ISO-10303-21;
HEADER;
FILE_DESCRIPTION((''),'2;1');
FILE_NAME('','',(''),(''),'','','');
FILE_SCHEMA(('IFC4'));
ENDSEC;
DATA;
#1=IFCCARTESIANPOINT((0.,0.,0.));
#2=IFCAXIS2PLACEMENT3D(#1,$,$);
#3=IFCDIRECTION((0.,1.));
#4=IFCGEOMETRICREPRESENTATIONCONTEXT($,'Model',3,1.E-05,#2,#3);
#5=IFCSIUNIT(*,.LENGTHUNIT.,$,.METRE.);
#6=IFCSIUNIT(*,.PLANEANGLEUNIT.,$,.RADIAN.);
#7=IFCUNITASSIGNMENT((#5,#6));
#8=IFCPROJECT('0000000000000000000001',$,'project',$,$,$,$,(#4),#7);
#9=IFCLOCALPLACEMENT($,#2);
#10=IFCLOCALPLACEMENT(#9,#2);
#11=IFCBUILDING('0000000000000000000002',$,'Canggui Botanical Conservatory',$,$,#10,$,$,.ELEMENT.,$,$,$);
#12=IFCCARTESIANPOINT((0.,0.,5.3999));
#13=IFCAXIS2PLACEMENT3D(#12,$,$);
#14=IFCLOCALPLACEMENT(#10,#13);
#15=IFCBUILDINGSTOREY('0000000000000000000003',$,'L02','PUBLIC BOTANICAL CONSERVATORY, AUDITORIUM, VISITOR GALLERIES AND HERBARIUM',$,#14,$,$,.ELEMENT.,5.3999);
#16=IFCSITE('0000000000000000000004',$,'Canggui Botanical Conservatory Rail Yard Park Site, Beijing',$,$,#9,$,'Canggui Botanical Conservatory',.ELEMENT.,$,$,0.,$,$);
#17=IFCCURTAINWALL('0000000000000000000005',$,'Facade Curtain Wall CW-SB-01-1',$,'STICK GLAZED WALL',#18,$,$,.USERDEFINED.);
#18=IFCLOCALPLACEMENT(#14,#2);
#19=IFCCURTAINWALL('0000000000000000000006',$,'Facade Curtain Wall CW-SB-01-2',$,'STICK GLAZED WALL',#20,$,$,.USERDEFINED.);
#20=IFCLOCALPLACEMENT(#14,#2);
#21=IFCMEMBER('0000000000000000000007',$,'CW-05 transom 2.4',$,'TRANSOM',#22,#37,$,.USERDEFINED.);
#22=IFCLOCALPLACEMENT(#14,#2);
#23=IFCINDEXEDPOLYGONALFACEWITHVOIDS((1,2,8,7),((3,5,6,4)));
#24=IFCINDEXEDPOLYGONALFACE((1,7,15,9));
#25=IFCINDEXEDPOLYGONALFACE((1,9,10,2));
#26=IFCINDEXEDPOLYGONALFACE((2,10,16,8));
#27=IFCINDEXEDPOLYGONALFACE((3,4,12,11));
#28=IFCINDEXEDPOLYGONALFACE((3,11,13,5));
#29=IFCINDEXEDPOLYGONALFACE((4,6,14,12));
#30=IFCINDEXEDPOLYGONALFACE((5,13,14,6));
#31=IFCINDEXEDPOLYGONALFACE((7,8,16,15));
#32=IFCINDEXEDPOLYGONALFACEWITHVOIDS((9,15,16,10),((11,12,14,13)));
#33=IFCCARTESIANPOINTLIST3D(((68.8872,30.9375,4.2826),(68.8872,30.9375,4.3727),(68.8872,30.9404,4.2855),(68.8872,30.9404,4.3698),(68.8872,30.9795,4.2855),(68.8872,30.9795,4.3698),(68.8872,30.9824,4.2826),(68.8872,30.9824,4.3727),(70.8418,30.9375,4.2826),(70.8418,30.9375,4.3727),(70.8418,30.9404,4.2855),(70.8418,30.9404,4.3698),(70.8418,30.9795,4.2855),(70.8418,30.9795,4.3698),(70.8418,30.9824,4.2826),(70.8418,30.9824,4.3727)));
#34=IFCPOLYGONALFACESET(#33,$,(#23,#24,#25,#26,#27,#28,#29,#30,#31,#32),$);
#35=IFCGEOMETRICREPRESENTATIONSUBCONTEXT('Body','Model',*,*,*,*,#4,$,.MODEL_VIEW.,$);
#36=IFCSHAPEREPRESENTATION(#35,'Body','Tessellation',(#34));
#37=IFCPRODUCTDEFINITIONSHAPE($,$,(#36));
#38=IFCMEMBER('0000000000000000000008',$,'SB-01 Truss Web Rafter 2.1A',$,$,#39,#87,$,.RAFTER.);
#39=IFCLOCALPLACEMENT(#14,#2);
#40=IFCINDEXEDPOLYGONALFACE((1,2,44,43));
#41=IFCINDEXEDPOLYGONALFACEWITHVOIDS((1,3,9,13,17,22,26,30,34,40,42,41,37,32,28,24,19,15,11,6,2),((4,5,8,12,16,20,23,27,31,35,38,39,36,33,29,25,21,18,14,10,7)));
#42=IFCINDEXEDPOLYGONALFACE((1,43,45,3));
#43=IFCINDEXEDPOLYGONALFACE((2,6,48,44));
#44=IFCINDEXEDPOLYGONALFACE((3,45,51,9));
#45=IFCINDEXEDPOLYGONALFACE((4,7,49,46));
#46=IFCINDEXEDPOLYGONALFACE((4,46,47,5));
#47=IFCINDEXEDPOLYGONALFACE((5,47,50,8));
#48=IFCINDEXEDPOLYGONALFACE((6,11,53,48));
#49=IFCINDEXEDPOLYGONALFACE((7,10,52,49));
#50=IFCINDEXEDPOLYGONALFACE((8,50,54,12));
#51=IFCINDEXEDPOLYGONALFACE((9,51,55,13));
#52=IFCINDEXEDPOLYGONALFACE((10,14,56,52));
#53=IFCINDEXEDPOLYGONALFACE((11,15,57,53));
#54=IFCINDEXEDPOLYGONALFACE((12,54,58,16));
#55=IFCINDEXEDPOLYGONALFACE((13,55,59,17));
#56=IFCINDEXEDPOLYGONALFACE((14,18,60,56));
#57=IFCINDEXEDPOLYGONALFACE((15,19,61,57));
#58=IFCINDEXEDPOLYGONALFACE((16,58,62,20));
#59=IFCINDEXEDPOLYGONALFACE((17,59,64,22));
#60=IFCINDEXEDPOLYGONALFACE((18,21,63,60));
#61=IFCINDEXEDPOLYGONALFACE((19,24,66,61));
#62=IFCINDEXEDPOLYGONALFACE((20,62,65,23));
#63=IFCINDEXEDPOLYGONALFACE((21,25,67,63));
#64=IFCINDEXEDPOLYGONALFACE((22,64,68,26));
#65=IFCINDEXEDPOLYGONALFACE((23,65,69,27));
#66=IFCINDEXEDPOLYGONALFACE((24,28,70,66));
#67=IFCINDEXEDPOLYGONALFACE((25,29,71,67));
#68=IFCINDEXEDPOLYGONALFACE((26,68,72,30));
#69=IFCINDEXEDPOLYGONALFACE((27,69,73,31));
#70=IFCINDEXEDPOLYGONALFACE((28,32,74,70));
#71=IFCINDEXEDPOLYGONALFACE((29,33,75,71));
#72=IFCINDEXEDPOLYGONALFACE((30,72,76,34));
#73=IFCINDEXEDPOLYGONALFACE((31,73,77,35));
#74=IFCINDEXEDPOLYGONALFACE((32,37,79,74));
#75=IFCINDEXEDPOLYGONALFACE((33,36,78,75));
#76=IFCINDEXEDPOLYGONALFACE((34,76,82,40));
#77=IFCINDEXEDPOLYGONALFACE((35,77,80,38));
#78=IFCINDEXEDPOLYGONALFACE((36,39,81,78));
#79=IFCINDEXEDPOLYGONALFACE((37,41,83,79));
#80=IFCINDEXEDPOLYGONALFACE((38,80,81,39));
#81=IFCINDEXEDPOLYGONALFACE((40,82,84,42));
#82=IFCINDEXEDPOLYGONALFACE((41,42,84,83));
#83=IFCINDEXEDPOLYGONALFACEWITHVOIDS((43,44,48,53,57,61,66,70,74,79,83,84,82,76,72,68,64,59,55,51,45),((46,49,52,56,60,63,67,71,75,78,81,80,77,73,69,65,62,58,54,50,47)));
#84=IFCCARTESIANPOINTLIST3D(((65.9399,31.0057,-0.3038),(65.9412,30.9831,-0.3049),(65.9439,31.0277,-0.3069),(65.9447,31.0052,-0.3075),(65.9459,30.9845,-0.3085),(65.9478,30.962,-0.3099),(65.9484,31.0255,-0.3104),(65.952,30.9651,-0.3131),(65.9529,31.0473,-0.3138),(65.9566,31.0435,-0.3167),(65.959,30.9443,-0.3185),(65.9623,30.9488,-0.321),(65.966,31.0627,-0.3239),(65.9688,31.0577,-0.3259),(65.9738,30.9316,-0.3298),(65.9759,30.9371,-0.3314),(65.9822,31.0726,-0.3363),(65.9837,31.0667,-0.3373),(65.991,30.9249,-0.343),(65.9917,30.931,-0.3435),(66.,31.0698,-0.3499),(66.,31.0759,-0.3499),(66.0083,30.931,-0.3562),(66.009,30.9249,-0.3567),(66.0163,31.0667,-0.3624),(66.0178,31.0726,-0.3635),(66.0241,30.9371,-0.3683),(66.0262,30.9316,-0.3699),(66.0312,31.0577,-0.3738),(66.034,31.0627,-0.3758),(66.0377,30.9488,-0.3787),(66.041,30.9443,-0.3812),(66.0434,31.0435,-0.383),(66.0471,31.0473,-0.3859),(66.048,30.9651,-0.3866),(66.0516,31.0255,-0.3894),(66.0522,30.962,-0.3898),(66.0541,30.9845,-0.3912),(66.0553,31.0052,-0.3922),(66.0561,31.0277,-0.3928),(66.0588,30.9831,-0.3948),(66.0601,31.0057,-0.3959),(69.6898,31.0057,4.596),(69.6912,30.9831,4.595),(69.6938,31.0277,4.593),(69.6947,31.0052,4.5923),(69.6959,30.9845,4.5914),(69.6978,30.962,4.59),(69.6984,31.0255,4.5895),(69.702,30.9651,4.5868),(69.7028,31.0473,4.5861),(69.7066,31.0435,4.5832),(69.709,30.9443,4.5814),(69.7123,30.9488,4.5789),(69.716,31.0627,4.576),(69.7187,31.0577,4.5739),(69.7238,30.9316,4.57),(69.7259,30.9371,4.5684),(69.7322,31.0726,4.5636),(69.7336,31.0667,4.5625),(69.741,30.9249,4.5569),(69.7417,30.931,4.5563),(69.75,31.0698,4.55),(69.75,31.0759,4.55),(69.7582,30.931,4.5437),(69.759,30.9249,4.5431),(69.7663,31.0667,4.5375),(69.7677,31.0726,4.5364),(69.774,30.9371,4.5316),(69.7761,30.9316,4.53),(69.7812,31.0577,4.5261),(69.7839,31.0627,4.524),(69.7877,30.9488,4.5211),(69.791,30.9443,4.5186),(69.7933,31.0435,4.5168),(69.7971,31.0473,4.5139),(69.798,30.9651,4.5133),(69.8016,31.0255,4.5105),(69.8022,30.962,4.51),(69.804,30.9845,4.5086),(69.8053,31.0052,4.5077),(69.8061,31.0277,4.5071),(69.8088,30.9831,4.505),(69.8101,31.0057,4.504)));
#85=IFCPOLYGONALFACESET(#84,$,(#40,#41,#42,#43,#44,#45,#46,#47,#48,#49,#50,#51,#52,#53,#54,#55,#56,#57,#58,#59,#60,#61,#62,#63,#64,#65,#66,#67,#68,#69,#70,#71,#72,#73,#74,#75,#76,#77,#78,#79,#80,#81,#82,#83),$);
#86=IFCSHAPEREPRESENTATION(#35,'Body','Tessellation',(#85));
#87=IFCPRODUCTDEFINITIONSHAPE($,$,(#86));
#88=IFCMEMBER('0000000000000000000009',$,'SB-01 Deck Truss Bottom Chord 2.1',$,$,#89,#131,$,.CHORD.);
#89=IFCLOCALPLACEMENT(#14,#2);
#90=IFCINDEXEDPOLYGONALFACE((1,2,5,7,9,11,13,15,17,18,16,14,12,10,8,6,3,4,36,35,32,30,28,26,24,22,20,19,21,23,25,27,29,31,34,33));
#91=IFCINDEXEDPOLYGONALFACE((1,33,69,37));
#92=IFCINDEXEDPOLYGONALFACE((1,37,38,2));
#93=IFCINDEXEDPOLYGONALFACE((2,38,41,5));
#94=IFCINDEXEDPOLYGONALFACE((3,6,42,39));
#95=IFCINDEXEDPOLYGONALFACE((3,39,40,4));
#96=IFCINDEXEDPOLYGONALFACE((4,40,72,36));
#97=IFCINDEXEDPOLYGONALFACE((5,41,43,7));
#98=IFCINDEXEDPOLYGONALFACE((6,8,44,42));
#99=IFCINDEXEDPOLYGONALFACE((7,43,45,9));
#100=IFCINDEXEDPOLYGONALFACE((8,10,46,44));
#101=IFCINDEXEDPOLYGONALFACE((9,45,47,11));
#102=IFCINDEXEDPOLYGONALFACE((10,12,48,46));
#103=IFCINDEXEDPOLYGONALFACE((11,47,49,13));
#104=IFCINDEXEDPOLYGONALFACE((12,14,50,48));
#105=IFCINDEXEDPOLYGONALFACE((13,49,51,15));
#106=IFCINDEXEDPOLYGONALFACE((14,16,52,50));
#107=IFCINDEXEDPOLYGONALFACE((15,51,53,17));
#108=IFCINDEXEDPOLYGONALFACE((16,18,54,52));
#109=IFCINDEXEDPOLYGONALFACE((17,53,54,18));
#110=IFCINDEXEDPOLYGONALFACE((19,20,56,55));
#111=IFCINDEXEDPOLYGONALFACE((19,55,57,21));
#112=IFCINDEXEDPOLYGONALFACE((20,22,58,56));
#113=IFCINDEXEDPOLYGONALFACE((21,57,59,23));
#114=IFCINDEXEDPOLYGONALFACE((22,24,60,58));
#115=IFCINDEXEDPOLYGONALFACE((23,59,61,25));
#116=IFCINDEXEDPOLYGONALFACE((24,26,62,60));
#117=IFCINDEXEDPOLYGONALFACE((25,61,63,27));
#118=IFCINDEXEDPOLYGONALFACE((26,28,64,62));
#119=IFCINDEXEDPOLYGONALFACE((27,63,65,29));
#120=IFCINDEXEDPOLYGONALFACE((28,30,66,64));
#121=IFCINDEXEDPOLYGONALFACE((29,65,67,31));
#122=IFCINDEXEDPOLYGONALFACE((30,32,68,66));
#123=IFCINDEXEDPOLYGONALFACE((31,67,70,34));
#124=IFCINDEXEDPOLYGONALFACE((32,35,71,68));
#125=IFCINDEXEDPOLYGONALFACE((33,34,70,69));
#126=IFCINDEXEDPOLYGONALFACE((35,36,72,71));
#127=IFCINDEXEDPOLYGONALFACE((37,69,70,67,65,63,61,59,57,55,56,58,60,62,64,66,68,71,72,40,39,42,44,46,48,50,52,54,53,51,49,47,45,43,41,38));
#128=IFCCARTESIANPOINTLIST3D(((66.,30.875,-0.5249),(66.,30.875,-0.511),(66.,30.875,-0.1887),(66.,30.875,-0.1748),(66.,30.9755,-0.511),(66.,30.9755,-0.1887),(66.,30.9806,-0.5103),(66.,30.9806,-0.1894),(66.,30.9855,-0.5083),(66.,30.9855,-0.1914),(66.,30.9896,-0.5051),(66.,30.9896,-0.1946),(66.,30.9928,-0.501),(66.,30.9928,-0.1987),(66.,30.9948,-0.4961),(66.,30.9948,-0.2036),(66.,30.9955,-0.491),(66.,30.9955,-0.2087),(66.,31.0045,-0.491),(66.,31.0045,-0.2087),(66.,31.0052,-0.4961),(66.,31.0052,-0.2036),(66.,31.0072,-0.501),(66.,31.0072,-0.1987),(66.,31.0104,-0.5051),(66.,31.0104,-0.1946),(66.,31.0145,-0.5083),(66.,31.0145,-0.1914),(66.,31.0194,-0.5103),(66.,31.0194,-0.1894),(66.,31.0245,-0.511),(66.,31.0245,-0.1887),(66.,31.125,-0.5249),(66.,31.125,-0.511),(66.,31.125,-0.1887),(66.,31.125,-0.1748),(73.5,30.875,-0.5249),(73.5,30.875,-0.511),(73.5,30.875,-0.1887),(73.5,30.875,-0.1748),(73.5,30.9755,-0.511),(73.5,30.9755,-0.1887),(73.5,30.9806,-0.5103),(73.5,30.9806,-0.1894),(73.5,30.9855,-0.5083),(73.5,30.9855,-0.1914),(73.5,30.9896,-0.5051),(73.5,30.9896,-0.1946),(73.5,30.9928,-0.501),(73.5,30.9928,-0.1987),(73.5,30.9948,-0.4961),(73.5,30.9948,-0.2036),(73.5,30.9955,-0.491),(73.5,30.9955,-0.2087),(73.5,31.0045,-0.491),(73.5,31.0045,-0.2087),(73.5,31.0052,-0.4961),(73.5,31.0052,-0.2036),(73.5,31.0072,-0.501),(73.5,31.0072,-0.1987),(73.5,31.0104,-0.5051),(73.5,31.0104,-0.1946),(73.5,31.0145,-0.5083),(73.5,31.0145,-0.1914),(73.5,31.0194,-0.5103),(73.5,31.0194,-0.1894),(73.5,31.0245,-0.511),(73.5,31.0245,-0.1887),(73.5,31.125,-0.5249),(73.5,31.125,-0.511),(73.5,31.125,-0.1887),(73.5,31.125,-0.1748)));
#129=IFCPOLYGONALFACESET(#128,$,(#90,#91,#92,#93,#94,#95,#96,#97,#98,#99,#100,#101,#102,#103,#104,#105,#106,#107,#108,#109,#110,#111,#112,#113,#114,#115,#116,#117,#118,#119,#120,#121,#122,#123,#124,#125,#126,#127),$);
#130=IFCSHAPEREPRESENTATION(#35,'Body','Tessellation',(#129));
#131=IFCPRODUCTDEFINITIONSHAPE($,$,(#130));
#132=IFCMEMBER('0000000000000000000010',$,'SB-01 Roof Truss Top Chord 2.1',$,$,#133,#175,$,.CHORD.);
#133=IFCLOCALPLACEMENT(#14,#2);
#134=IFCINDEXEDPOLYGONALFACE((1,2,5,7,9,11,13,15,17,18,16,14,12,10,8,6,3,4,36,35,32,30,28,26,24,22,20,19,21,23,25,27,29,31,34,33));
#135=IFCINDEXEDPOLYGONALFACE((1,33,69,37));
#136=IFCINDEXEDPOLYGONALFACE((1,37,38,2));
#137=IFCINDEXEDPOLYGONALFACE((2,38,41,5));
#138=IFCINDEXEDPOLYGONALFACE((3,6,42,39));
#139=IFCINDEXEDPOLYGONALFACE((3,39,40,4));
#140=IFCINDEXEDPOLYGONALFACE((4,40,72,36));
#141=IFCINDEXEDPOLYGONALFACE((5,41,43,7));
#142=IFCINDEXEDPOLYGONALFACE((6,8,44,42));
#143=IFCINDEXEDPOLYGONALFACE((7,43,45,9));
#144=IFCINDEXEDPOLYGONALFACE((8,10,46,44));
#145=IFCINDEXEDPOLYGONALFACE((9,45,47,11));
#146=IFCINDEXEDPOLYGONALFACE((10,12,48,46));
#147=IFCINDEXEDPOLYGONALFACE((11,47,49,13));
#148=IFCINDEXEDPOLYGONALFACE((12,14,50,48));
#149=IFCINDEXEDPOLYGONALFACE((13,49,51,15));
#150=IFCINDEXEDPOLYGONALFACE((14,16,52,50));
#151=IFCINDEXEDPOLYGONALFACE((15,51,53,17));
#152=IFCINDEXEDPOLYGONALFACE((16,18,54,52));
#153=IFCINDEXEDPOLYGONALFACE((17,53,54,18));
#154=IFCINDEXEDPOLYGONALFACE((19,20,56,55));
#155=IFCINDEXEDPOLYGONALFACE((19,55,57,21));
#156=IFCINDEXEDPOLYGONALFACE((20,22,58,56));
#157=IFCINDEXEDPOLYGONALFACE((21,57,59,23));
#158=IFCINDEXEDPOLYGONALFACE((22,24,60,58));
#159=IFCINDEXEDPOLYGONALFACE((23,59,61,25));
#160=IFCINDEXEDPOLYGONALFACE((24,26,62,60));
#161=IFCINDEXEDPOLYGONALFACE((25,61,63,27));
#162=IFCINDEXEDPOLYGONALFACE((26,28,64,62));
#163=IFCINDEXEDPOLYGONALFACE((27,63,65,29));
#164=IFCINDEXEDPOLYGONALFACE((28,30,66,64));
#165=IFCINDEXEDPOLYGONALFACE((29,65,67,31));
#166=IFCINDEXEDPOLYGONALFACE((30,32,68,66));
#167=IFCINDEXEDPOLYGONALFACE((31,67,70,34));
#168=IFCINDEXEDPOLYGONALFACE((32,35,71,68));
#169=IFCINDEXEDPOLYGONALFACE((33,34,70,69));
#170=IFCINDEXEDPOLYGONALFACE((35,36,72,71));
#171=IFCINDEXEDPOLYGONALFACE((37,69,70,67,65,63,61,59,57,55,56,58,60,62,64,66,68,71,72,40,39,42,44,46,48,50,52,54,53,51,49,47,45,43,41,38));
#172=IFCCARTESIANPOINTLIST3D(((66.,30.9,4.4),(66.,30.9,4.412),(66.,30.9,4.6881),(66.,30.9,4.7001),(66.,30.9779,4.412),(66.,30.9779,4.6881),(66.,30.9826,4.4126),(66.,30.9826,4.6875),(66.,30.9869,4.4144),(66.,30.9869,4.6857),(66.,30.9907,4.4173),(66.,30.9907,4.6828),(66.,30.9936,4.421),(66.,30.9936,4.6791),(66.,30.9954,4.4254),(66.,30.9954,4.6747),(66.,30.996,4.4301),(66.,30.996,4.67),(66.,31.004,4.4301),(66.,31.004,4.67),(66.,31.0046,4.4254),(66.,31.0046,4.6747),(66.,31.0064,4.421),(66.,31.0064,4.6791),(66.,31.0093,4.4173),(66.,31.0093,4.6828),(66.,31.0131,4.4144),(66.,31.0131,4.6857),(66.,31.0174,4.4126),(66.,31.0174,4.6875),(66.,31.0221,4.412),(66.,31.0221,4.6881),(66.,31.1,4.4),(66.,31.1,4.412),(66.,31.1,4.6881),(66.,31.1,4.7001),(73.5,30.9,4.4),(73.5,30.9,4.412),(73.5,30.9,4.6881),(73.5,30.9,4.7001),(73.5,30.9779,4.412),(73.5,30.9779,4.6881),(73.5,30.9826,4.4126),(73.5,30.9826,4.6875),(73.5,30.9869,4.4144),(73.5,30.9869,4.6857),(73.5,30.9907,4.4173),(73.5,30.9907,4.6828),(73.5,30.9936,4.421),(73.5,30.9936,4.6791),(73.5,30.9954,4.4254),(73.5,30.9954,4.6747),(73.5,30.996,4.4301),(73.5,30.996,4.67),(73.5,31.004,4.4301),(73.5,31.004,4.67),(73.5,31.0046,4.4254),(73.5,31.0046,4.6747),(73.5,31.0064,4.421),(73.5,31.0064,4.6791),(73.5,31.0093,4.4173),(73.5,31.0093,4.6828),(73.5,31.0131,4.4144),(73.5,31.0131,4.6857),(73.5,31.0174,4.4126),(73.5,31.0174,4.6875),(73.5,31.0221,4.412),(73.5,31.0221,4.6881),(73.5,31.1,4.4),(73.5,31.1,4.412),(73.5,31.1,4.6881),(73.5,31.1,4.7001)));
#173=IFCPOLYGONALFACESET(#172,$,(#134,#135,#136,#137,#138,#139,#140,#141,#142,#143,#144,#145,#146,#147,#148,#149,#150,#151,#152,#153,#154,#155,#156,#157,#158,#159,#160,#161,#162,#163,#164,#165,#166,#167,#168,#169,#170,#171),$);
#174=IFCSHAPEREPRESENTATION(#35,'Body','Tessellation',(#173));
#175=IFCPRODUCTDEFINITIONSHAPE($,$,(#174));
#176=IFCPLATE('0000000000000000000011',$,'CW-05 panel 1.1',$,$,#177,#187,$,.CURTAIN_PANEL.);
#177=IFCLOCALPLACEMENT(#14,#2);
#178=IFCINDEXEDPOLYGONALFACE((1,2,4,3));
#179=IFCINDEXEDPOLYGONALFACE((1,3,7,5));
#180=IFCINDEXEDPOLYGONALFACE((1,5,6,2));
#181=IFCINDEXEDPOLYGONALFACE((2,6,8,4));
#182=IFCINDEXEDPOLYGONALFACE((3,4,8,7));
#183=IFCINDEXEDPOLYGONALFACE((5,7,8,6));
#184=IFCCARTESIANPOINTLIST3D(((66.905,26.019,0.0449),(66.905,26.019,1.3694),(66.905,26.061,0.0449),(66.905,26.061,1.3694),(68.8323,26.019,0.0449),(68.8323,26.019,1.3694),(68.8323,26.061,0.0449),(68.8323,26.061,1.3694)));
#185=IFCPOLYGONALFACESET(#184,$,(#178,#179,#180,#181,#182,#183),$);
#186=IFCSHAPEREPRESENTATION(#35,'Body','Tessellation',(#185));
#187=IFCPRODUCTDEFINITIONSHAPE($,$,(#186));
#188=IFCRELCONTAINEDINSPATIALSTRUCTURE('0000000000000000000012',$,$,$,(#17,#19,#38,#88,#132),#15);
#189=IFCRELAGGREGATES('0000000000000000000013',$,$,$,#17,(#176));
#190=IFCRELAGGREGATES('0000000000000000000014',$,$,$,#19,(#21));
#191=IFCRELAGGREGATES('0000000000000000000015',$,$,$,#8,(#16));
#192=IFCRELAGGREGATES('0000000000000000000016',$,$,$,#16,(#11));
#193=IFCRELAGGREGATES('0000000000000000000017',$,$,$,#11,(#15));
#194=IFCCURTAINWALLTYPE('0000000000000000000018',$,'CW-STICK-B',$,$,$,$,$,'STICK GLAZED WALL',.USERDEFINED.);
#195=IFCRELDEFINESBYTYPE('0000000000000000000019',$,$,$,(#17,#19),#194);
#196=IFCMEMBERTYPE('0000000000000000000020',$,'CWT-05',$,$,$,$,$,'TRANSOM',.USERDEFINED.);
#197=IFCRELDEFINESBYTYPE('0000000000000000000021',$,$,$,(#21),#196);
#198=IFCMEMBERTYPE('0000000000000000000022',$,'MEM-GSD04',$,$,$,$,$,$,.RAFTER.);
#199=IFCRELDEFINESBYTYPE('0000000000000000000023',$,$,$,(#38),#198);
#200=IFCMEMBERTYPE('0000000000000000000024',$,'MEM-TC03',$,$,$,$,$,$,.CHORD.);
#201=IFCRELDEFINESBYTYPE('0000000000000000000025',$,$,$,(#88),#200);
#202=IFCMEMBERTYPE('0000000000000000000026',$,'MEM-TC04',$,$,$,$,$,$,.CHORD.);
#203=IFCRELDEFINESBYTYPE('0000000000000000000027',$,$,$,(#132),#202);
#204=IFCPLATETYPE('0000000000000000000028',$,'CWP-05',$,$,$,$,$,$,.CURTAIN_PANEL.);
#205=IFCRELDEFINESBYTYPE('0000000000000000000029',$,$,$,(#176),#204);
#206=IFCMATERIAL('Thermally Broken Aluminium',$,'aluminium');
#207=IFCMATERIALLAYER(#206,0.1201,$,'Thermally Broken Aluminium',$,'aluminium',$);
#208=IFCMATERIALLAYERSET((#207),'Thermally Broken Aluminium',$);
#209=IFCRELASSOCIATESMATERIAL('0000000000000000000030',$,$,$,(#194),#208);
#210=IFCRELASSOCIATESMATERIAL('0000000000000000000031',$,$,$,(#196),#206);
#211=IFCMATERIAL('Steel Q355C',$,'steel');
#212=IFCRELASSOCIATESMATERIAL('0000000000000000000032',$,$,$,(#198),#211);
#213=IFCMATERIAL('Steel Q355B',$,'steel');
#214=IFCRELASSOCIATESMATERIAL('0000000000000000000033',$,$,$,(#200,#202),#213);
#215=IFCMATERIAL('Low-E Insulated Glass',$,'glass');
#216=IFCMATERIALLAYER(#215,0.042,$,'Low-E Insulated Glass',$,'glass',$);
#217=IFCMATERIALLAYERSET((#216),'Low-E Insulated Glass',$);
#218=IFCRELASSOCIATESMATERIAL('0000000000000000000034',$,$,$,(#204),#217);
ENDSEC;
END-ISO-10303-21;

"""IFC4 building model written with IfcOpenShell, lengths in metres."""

from ifc_helpers import new_model, si_unit, direction, frame, origin, origin_2d, place, context, subcontext, project, spatial, rectangle, hollow_rectangle, hollow_circle, i_section, extrude, material, layer, layer_set, material_profile, profile_set, type_object, element, aggregate, save


model = new_model("IFC4")

# Units and contexts
model_context = context("Model", 3, precision=1e-05, world=origin(), true_north=direction((0.0, 1.0)))
body_context = subcontext(model_context, "Body", "Model", "MODEL_VIEW")
ifc_project = project(units=[si_unit("LENGTHUNIT", "METRE"), si_unit("PLANEANGLEUNIT", "RADIAN")], contexts=[model_context])

# Site, building, storey
site_placement = place(None, origin())
site = spatial("IfcSite", under=ifc_project, at=site_placement, Name="Canggui Botanical Conservatory Rail Yard Park Site, Beijing", LongName="Canggui Botanical Conservatory", CompositionType="ELEMENT", RefElevation=0.0)
building_placement = place(site_placement, origin())
building = spatial("IfcBuilding", under=site, at=building_placement, Name="Canggui Botanical Conservatory", CompositionType="ELEMENT")
storey_placement = place(building_placement, frame((0.0, 0.0, 5.3999)))
storey = spatial("IfcBuildingStorey", under=building, at=storey_placement, Name="L02", Description="PUBLIC BOTANICAL CONSERVATORY, AUDITORIUM, VISITOR GALLERIES AND HERBARIUM", CompositionType="ELEMENT", Elevation=5.3999)

# Shared definitions
ifc_material_1 = material(Name="Steel Q355B", Category="steel")

# Curtain walls
ifc_material_2 = material(Name="Thermally Broken Aluminium", Category="aluminium")
ifc_layer_1 = layer(ifc_material_2, 0.1201, Name="Thermally Broken Aluminium", Category="aluminium")
ifc_layer_set_1 = layer_set([ifc_layer_1], Name="Thermally Broken Aluminium")
curtain_wall_type = type_object("IfcCurtainWallType", Name="CW-STICK-B", ElementType="STICK GLAZED WALL", PredefinedType="USERDEFINED", material=ifc_layer_set_1)
curtain_wall_1_placement = place(storey_placement, origin())
curtain_wall_1 = element("IfcCurtainWall", 1, at=curtain_wall_1_placement, inside=storey, type_object=curtain_wall_type, Name="Facade Curtain Wall CW-SB-01-1", ObjectType="STICK GLAZED WALL", PredefinedType="USERDEFINED")
curtain_wall_2_placement = place(storey_placement, origin())
curtain_wall_2 = element("IfcCurtainWall", 2, at=curtain_wall_2_placement, inside=storey, type_object=curtain_wall_type, Name="Facade Curtain Wall CW-SB-01-2", ObjectType="STICK GLAZED WALL", PredefinedType="USERDEFINED")

# Member
ifc_material_profile_1 = material_profile(ifc_material_2, hollow_rectangle(XDim=0.0449, YDim=0.0901, WallThickness=0.0029, at=origin_2d()), Name="CWT 45x90x3")
ifc_profile_set_1 = profile_set([ifc_material_profile_1], Name="Thermally Broken Aluminium")
member_type_1 = type_object("IfcMemberType", Name="CWT-05", ElementType="TRANSOM", PredefinedType="USERDEFINED", material=ifc_profile_set_1)
member_1_placement = place(storey_placement, frame((68.8872, 30.96, 4.3276), z_axis=(1.0, 0.0, 0.0), x_axis=(0.0, 1.0, 0.0)))
member_1 = element("IfcMember", 3, at=member_1_placement, type_object=member_type_1, Name="CW-05 transom 2.4", ObjectType="TRANSOM", PredefinedType="USERDEFINED", context=body_context, shape_type="SweptSolid", body=[
    extrude(hollow_rectangle(XDim=0.0449, YDim=0.0901, WallThickness=0.0029, at=origin_2d()), origin(), (0.0, 0.0, 1.0), 1.9546),
])

# Members
ifc_material_3 = material(Name="Steel Q355C", Category="steel")
ifc_material_profile_2 = material_profile(ifc_material_3, hollow_circle(Radius=0.0759, WallThickness=0.0061, at=origin_2d()), Name="CHS 152x6")
ifc_profile_set_2 = profile_set([ifc_material_profile_2], Name="Steel Q355C")
member_type_2 = type_object("IfcMemberType", Name="MEM-GSD04", PredefinedType="RAFTER", material=ifc_profile_set_2)
member_2_placement = place(storey_placement, frame((66.0, 31.0, -0.3499), z_axis=(0.607758, 0.0, 0.794122), x_axis=(0.0, 1.0, 0.0)))
element("IfcMember", 4, at=member_2_placement, inside=storey, type_object=member_type_2, Name="SB-01 Truss Web Rafter 2.1A", PredefinedType="RAFTER", context=body_context, shape_type="SweptSolid", body=[
    extrude(hollow_circle(Radius=0.0759, WallThickness=0.0061, at=origin_2d()), origin(), (0.0, 0.0, 1.0), 6.1702),
])
ifc_material_profile_3 = material_profile(ifc_material_1, i_section(OverallWidth=0.25, OverallDepth=0.3501, WebThickness=0.009, FlangeThickness=0.0139, FilletRadius=0.02, at=origin_2d()), Name="HM 350x250x9x14")
ifc_profile_set_3 = profile_set([ifc_material_profile_3], Name="Steel Q355B")
member_type_3 = type_object("IfcMemberType", Name="MEM-TC03", PredefinedType="CHORD", material=ifc_profile_set_3)
member_3_placement = place(storey_placement, frame((66.0, 31.0, -0.3499), z_axis=(1.0, 0.0, 0.0), x_axis=(0.0, 1.0, 0.0)))
element("IfcMember", 5, at=member_3_placement, inside=storey, type_object=member_type_3, Name="SB-01 Deck Truss Bottom Chord 2.1", PredefinedType="CHORD", context=body_context, shape_type="SweptSolid", body=[
    extrude(i_section(OverallWidth=0.25, OverallDepth=0.3501, WebThickness=0.009, FlangeThickness=0.0139, FilletRadius=0.02, at=origin_2d()), origin(), (0.0, 0.0, 1.0), 7.5),
])
ifc_material_profile_4 = material_profile(ifc_material_1, i_section(OverallWidth=0.2, OverallDepth=0.3, WebThickness=0.0081, FlangeThickness=0.012, FilletRadius=0.0181, at=origin_2d()), Name="HM 300x200x8x12")
ifc_profile_set_4 = profile_set([ifc_material_profile_4], Name="Steel Q355B")
member_type_4 = type_object("IfcMemberType", Name="MEM-TC04", PredefinedType="CHORD", material=ifc_profile_set_4)
member_4_placement = place(storey_placement, frame((66.0, 31.0, 4.55), z_axis=(1.0, 0.0, 0.0), x_axis=(0.0, 1.0, 0.0)))
element("IfcMember", 6, at=member_4_placement, inside=storey, type_object=member_type_4, Name="SB-01 Roof Truss Top Chord 2.1", PredefinedType="CHORD", context=body_context, shape_type="SweptSolid", body=[
    extrude(i_section(OverallWidth=0.2, OverallDepth=0.3, WebThickness=0.0081, FlangeThickness=0.012, FilletRadius=0.0181, at=origin_2d()), origin(), (0.0, 0.0, 1.0), 7.5),
])

# Plate
ifc_material_4 = material(Name="Low-E Insulated Glass", Category="glass")
ifc_layer_2 = layer(ifc_material_4, 0.042, Name="Low-E Insulated Glass", Category="glass")
ifc_layer_set_2 = layer_set([ifc_layer_2], Name="Low-E Insulated Glass")
plate_type_1 = type_object("IfcPlateType", Name="CWP-05", PredefinedType="CURTAIN_PANEL", material=ifc_layer_set_2)
plate_1_placement = place(storey_placement, frame((67.8687, 26.04, 0.0449), z_axis=(0.0, 0.0, 1.0), x_axis=(1.0, 0.0, 0.0)))
plate_1 = element("IfcPlate", 7, at=plate_1_placement, type_object=plate_type_1, Name="CW-05 panel 1.1", PredefinedType="CURTAIN_PANEL", context=body_context, shape_type="SweptSolid", body=[
    extrude(rectangle(XDim=1.9272, YDim=0.042, at=origin_2d()), origin(), (0.0, 0.0, 1.0), 1.3245),
])
aggregate(curtain_wall_1, [plate_1])
aggregate(curtain_wall_2, [member_1])

save(model, "model.ifc")
